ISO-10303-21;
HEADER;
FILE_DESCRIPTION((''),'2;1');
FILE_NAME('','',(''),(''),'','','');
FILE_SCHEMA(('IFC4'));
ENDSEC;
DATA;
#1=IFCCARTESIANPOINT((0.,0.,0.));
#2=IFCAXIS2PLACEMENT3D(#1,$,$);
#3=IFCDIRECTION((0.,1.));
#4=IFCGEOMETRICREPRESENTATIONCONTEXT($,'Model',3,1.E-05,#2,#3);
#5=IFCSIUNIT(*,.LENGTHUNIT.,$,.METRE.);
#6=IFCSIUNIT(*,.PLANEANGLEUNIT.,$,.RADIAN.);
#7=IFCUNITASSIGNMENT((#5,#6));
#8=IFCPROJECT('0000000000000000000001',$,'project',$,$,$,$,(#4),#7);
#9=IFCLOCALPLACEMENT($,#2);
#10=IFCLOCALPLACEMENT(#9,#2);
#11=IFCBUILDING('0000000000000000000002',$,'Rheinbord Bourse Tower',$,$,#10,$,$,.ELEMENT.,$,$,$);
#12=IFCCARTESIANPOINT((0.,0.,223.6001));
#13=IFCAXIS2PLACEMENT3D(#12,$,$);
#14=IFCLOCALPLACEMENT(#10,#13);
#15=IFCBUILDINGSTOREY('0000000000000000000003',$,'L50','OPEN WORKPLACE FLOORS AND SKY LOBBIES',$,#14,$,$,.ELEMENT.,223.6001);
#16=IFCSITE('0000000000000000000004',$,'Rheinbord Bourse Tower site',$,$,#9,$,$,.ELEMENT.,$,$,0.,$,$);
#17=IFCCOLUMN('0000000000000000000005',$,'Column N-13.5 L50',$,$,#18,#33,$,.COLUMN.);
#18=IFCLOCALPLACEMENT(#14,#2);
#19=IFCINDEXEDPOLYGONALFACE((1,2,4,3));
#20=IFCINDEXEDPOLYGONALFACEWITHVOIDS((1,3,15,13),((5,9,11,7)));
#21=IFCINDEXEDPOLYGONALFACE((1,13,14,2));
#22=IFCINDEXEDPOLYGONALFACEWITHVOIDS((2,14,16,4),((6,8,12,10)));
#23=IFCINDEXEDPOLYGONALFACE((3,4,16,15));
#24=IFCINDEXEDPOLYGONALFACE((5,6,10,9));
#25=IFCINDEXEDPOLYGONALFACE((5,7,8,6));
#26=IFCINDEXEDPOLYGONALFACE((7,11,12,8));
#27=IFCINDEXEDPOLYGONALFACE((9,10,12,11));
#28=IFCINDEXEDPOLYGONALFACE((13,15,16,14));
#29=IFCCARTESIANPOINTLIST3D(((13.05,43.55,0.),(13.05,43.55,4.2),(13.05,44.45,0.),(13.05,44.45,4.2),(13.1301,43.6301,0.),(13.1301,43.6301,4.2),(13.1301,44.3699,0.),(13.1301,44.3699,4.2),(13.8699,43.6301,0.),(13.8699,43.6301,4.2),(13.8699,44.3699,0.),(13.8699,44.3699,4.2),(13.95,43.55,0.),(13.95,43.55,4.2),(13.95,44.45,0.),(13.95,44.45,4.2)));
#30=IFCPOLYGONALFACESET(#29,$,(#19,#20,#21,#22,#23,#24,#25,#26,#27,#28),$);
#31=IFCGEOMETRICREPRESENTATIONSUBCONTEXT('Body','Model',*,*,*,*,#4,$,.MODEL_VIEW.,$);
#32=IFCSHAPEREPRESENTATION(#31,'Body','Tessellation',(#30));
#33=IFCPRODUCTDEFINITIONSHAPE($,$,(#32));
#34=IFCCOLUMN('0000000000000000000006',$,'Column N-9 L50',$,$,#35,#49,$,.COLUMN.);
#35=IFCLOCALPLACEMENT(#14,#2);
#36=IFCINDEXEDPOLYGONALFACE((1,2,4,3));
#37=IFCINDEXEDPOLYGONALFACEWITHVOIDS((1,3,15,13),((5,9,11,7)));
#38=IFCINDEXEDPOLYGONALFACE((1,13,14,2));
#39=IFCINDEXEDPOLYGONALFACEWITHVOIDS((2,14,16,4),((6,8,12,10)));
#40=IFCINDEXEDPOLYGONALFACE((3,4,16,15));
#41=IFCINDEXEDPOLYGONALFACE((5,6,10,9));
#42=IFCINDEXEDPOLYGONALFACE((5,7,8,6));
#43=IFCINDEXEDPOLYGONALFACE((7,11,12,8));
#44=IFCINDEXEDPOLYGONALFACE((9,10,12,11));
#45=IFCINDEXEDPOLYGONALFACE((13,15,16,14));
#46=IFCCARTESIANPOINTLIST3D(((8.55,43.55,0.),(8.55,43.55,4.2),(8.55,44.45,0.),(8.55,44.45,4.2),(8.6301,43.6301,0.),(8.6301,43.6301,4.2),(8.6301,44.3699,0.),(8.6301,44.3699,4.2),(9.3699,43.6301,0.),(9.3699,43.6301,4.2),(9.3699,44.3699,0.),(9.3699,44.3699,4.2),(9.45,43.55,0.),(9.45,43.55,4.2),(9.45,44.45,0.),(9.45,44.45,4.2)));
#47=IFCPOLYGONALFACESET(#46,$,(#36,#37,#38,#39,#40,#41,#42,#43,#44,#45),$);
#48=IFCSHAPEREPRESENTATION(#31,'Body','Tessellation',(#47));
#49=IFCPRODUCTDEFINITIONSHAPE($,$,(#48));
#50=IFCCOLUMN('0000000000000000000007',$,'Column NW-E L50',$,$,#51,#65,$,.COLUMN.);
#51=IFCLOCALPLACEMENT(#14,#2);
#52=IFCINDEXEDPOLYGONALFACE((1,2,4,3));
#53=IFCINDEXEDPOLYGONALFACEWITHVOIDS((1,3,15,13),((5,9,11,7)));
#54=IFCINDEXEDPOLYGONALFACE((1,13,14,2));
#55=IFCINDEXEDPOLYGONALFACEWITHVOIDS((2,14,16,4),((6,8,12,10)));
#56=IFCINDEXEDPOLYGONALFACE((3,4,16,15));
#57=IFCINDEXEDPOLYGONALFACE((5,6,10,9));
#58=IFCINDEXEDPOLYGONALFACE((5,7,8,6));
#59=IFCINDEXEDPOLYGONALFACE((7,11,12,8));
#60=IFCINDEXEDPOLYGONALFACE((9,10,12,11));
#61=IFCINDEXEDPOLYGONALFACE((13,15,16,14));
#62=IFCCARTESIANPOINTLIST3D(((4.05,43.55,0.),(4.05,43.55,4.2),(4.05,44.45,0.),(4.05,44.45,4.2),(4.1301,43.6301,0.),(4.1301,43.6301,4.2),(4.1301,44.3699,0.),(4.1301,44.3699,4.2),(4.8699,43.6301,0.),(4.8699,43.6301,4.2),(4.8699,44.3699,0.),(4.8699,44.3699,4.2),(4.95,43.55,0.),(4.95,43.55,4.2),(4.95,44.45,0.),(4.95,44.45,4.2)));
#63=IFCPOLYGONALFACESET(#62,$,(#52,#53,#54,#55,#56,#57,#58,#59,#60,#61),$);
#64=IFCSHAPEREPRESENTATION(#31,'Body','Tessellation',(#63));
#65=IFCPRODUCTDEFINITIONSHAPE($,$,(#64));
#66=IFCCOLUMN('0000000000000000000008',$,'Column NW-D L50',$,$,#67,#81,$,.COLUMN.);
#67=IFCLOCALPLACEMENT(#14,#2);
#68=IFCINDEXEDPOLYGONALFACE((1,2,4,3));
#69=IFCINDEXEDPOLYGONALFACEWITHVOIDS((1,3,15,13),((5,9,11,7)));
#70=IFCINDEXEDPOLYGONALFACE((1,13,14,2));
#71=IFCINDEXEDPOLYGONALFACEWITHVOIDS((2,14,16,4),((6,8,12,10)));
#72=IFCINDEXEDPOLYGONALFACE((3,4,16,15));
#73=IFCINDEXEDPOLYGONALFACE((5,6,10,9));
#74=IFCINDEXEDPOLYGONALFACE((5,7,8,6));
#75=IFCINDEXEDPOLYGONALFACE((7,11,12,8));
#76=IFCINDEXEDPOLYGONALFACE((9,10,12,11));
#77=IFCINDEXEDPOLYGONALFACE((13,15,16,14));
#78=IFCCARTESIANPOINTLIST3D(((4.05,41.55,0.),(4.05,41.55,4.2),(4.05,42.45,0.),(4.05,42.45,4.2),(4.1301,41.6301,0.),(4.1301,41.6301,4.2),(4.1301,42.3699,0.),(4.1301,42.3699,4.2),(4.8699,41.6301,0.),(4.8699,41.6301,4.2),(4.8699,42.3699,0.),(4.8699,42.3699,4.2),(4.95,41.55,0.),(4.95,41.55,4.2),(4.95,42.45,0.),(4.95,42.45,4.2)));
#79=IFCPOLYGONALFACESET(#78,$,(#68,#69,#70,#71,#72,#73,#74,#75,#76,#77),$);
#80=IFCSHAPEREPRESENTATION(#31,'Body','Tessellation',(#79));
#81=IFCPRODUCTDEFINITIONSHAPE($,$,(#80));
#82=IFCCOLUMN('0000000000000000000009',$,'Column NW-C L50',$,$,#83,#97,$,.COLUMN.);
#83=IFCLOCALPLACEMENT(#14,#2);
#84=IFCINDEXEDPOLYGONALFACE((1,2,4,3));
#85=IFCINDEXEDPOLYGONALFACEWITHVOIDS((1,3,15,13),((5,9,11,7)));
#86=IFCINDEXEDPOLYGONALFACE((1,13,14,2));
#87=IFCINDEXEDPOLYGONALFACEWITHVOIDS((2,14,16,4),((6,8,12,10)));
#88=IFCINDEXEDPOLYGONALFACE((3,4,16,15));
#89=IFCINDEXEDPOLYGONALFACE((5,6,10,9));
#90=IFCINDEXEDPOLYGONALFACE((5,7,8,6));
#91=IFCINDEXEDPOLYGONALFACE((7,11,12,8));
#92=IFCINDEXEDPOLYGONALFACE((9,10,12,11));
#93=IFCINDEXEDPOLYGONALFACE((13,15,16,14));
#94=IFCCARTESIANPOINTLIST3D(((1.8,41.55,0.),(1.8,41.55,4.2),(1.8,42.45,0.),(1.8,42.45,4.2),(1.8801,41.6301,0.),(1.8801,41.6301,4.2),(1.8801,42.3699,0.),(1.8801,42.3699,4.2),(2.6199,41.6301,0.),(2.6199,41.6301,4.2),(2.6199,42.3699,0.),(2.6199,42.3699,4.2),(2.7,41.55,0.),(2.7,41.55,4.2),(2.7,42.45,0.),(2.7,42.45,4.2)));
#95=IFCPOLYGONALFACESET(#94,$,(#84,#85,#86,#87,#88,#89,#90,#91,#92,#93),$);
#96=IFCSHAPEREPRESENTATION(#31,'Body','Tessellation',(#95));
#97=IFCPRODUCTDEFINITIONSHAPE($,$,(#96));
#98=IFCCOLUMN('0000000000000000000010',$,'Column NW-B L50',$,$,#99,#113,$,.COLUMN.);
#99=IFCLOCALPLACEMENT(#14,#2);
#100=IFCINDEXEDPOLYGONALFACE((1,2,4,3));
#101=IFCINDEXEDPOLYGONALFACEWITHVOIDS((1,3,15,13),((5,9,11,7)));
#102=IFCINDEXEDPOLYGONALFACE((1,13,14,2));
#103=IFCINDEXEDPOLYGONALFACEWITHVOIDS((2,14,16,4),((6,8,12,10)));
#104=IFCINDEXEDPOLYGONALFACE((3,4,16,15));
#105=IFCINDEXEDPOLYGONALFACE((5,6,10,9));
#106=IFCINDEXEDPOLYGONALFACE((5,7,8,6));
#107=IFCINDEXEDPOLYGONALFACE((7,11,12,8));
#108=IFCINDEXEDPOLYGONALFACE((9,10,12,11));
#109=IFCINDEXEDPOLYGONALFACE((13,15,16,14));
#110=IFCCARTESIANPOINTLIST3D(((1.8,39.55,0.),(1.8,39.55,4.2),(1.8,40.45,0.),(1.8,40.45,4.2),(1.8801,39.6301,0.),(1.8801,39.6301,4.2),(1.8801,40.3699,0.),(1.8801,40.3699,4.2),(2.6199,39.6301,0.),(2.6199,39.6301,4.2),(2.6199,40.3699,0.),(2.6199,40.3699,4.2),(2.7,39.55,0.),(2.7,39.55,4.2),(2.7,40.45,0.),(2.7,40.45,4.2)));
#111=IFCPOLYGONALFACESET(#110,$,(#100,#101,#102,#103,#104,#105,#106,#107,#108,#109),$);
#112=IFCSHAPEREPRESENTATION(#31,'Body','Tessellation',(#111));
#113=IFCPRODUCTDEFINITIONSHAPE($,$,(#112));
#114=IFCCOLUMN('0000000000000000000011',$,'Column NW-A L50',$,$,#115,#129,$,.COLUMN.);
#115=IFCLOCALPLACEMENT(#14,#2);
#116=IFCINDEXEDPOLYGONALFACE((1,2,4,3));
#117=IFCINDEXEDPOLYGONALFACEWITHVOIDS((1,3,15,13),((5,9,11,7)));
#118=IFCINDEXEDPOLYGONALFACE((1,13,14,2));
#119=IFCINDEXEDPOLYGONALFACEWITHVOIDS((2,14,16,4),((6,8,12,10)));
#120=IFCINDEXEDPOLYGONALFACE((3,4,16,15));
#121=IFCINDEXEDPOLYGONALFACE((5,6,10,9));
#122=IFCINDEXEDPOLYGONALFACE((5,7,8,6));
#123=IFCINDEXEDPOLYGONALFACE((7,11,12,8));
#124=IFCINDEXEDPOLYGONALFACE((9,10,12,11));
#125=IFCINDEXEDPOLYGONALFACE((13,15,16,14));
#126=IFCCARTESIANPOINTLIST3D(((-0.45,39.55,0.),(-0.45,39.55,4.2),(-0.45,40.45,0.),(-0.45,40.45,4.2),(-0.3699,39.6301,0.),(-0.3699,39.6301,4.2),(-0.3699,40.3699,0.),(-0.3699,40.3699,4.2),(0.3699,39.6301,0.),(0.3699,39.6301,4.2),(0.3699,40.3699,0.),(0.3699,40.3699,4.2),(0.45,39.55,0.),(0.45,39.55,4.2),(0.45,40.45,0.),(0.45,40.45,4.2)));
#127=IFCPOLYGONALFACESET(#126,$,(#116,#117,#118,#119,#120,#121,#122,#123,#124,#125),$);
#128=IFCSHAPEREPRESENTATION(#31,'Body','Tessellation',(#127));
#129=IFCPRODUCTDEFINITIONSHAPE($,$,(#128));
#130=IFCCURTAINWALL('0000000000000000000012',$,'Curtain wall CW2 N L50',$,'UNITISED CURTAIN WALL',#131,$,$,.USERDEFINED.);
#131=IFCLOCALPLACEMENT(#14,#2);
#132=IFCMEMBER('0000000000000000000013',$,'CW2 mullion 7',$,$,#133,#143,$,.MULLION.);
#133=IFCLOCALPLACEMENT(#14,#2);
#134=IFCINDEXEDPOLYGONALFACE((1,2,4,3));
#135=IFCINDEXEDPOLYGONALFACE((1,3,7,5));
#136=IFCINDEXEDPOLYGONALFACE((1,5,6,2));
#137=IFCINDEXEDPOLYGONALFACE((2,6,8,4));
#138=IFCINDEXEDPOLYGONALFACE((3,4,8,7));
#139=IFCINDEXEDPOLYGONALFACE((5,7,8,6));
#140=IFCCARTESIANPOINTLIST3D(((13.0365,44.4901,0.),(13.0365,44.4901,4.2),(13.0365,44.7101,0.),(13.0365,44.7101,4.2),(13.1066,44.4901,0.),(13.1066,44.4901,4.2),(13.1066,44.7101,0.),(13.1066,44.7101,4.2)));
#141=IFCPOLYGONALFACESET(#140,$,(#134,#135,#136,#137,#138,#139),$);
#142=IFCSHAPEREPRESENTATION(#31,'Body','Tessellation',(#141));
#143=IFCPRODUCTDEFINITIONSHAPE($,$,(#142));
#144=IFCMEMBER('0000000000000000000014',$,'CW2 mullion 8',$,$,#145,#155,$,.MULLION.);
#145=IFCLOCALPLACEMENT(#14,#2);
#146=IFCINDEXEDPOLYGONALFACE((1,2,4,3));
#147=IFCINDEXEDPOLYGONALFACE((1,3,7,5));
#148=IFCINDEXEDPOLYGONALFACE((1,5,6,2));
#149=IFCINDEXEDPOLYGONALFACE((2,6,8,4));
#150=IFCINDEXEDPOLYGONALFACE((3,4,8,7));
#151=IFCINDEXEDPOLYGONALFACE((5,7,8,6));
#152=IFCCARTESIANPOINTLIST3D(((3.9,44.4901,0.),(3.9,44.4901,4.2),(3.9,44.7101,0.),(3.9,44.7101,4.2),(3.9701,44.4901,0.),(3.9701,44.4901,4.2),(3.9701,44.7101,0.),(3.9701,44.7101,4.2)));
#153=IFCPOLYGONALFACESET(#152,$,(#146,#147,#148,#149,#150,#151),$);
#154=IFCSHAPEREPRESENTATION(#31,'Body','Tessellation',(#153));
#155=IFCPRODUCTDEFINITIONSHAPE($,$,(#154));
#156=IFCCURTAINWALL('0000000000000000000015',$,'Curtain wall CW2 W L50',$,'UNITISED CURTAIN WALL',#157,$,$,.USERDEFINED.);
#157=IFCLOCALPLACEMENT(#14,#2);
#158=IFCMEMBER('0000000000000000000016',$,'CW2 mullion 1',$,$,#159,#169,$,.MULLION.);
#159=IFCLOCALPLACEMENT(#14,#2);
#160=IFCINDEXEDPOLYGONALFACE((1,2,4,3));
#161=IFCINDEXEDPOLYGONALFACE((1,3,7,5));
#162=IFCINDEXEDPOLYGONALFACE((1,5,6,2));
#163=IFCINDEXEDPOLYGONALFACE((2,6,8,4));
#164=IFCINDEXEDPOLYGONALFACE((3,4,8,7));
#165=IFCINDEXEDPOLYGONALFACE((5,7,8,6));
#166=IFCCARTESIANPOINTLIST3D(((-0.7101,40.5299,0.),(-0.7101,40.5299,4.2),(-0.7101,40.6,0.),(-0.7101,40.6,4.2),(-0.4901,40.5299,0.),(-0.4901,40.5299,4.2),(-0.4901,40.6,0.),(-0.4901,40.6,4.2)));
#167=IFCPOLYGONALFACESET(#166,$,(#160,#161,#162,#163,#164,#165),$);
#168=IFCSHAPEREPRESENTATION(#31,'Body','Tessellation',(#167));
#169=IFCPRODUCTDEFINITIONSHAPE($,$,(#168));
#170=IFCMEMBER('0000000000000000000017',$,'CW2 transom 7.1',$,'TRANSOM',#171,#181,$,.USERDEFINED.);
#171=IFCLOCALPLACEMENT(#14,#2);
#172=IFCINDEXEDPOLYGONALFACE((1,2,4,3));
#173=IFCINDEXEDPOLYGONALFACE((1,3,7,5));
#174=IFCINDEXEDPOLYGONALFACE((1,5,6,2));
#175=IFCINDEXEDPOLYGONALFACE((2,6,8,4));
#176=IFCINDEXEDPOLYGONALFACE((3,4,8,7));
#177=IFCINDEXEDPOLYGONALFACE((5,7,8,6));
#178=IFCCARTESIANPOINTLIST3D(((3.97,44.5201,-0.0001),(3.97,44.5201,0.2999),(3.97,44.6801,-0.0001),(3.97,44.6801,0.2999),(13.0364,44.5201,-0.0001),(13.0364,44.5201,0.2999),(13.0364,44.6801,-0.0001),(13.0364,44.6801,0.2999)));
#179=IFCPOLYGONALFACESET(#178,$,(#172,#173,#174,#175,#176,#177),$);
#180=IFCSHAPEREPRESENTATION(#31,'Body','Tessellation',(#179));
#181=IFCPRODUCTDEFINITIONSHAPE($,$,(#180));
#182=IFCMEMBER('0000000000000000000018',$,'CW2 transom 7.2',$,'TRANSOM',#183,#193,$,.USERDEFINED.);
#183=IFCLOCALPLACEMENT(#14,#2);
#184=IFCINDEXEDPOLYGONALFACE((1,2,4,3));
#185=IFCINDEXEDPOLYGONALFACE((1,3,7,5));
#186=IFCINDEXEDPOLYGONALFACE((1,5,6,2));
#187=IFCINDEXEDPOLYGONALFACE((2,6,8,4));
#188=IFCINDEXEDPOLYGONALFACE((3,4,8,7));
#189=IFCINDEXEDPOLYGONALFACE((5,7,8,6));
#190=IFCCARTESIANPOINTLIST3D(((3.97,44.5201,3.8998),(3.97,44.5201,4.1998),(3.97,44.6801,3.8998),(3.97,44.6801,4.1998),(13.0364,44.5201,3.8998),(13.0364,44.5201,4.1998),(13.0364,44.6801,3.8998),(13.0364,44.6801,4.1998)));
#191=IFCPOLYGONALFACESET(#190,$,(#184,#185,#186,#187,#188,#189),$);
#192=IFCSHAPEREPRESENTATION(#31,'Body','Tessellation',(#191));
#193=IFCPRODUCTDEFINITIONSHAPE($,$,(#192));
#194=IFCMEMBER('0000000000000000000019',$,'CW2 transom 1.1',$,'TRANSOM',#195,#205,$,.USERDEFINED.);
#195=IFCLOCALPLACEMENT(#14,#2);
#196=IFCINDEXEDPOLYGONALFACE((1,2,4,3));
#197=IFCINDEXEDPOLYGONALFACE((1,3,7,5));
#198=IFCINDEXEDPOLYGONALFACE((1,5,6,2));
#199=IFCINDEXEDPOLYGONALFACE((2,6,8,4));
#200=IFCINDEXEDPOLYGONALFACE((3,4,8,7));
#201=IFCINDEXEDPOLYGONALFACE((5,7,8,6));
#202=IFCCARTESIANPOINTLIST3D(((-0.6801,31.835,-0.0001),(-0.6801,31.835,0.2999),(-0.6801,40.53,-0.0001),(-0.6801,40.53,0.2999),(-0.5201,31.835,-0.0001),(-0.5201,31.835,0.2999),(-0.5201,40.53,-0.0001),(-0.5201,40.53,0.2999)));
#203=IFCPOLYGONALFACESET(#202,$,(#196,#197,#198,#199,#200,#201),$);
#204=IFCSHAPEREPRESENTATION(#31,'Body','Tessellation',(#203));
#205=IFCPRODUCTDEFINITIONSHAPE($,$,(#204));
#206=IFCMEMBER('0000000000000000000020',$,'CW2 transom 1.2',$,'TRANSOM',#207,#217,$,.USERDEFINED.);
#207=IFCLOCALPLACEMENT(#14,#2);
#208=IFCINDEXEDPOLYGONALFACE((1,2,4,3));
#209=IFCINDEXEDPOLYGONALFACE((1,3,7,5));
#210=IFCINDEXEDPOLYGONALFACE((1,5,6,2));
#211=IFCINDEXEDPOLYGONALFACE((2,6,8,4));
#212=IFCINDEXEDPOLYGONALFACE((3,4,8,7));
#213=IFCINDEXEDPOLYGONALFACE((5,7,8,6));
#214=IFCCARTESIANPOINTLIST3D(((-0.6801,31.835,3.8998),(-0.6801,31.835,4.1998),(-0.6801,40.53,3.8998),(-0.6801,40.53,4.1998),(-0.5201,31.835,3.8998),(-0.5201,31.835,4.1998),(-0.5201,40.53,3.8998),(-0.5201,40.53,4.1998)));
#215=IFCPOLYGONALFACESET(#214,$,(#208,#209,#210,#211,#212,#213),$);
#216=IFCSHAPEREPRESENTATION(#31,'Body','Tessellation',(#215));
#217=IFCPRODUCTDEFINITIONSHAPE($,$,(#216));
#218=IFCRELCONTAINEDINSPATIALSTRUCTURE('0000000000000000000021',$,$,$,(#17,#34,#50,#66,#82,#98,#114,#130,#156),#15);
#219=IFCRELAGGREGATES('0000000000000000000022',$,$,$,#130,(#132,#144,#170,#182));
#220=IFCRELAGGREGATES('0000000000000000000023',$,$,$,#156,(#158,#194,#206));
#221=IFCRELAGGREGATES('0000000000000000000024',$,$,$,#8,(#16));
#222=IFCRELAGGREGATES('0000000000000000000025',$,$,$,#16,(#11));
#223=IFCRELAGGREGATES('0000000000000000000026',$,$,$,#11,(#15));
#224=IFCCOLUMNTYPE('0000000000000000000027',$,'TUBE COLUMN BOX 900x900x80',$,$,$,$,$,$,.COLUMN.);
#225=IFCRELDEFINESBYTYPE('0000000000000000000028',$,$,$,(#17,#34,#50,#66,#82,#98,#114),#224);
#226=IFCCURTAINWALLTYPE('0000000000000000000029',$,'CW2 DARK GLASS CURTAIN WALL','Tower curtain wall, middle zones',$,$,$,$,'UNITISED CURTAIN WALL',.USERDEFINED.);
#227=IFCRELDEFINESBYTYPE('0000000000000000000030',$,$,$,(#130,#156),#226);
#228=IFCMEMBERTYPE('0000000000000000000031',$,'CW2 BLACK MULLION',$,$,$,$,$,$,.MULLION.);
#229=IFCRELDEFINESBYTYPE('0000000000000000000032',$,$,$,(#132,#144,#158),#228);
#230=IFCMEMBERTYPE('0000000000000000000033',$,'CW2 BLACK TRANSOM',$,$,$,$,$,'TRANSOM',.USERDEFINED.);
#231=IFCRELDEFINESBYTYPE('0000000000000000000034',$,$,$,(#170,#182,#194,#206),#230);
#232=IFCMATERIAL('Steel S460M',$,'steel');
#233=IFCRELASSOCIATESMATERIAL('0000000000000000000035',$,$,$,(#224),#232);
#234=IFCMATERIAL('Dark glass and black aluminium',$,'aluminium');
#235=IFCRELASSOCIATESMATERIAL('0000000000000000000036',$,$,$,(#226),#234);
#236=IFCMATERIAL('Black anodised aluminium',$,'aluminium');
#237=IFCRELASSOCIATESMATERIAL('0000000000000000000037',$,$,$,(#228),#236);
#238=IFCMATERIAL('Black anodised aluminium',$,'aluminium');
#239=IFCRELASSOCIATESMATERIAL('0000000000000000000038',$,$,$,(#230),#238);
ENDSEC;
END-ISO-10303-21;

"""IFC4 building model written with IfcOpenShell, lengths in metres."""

from ifc_helpers import new_model, si_unit, direction, frame, origin, origin_2d, place, context, subcontext, project, spatial, rectangle, hollow_rectangle, extrude, material, material_profile, profile_set, type_object, element, aggregate, save


model = new_model("IFC4")

# Units and contexts
model_context = context("Model", 3, precision=1e-05, world=origin(), true_north=direction((0.0, 1.0)))
body_context = subcontext(model_context, "Body", "Model", "MODEL_VIEW")
ifc_project = project(units=[si_unit("LENGTHUNIT", "METRE"), si_unit("PLANEANGLEUNIT", "RADIAN")], contexts=[model_context])

# Site, building, storey
site_placement = place(None, origin())
site = spatial("IfcSite", under=ifc_project, at=site_placement, Name="Rheinbord Bourse Tower site", CompositionType="ELEMENT", RefElevation=0.0)
building_placement = place(site_placement, origin())
building = spatial("IfcBuilding", under=site, at=building_placement, Name="Rheinbord Bourse Tower", CompositionType="ELEMENT")
storey_placement = place(building_placement, frame((0.0, 0.0, 223.6001)))
storey = spatial("IfcBuildingStorey", under=building, at=storey_placement, Name="L50", Description="OPEN WORKPLACE FLOORS AND SKY LOBBIES", CompositionType="ELEMENT", Elevation=223.6001)

# Columns
ifc_material_1 = material(Name="Steel S460M", Category="steel")
ifc_material_profile_1 = material_profile(ifc_material_1, hollow_rectangle(XDim=0.8999, YDim=0.8999, WallThickness=0.0801, at=origin_2d()), Name="BOX 900x900x80")
ifc_profile_set_1 = profile_set([ifc_material_profile_1], Name="Steel S460M")
column_type = type_object("IfcColumnType", Name="TUBE COLUMN BOX 900x900x80", PredefinedType="COLUMN", material=ifc_profile_set_1)
for number, where, z_axis, x_axis, name in (
    (1, (13.5, 44.0, 0.0), (0.0, 0.0, 1.0), (0.0, 1.0, 0.0), "Column N-13.5 L50"),
    (2, (9.0, 44.0, 0.0), (0.0, 0.0, 1.0), (0.0, 1.0, 0.0), "Column N-9 L50"),
    (3, (4.5, 44.0, 0.0), (0.0, 0.0, 1.0), (0.0, 1.0, 0.0), "Column NW-E L50"),
    (4, (4.5, 42.0, 0.0), (0.0, 0.0, 1.0), (0.0, 1.0, 0.0), "Column NW-D L50"),
    (5, (2.25, 42.0, 0.0), (0.0, 0.0, 1.0), (1.0, 0.0, 0.0), "Column NW-C L50"),
    (6, (2.25, 40.0, 0.0), (0.0, 0.0, 1.0), (1.0, 0.0, 0.0), "Column NW-B L50"),
    (7, (0.0, 40.0, 0.0), (0.0, 0.0, 1.0), (1.0, 0.0, 0.0), "Column NW-A L50"),
):
    element("IfcColumn", number, at=place(storey_placement, frame(where, z_axis=z_axis, x_axis=x_axis)), inside=storey, type_object=column_type, Name=name, PredefinedType="COLUMN", context=body_context, shape_type="SweptSolid", body=[
        extrude(hollow_rectangle(XDim=0.8999, YDim=0.8999, WallThickness=0.0801, at=origin_2d()), origin(), (0.0, 0.0, 1.0), 4.2),
    ])

# Curtain wall, members
ifc_material_2 = material(Name="Dark glass and black aluminium", Category="aluminium")
curtain_wall_type = type_object("IfcCurtainWallType", Name="CW2 DARK GLASS CURTAIN WALL", Description="Tower curtain wall, middle zones", ElementType="UNITISED CURTAIN WALL", PredefinedType="USERDEFINED", material=ifc_material_2)
curtain_wall_1_placement = place(storey_placement, origin())
curtain_wall_1 = element("IfcCurtainWall", 8, at=curtain_wall_1_placement, inside=storey, type_object=curtain_wall_type, Name="Curtain wall CW2 N L50", ObjectType="UNITISED CURTAIN WALL", PredefinedType="USERDEFINED")
ifc_material_3 = material(Name="Black anodised aluminium", Category="aluminium")
ifc_material_profile_2 = material_profile(ifc_material_3, rectangle(XDim=0.22, YDim=0.0701, at=origin_2d()), Name="CW2 MULLION 70x220")
ifc_profile_set_2 = profile_set([ifc_material_profile_2], Name="Black anodised aluminium")
member_type_1 = type_object("IfcMemberType", Name="CW2 BLACK MULLION", PredefinedType="MULLION", material=ifc_profile_set_2)
member_1_placement = place(storey_placement, frame((13.0715, 44.6001, 0.0), z_axis=(0.0, 0.0, 1.0), x_axis=(0.0, -1.0, 0.0)))
member_1 = element("IfcMember", 9, at=member_1_placement, type_object=member_type_1, Name="CW2 mullion 7", PredefinedType="MULLION", context=body_context, shape_type="SweptSolid", body=[
    extrude(rectangle(XDim=0.22, YDim=0.0701, at=origin_2d()), origin(), (0.0, 0.0, 1.0), 4.2),
])
member_2_placement = place(storey_placement, frame((3.9351, 44.6001, 0.0), z_axis=(0.0, 0.0, 1.0), x_axis=(0.0, -1.0, 0.0)))
member_2 = element("IfcMember", 10, at=member_2_placement, type_object=member_type_1, Name="CW2 mullion 8", PredefinedType="MULLION", context=body_context, shape_type="SweptSolid", body=[
    extrude(rectangle(XDim=0.22, YDim=0.0701, at=origin_2d()), origin(), (0.0, 0.0, 1.0), 4.2),
])

# Curtain wall, member
curtain_wall_2_placement = place(storey_placement, origin())
curtain_wall_2 = element("IfcCurtainWall", 11, at=curtain_wall_2_placement, inside=storey, type_object=curtain_wall_type, Name="Curtain wall CW2 W L50", ObjectType="UNITISED CURTAIN WALL", PredefinedType="USERDEFINED")
member_3_placement = place(storey_placement, frame((-0.6001, 40.5649, 0.0), z_axis=(0.0, 0.0, 1.0), x_axis=(1.0, 0.0, 0.0)))
member_3 = element("IfcMember", 12, at=member_3_placement, type_object=member_type_1, Name="CW2 mullion 1", PredefinedType="MULLION", context=body_context, shape_type="SweptSolid", body=[
    extrude(rectangle(XDim=0.22, YDim=0.0701, at=origin_2d()), origin(), (0.0, 0.0, 1.0), 4.2),
])

# Members
ifc_material_4 = material(Name="Black anodised aluminium", Category="aluminium")
ifc_material_profile_3 = material_profile(ifc_material_4, rectangle(XDim=0.1599, YDim=0.3, at=origin_2d()), Name="CW2 TRANSOM 300x160")
ifc_profile_set_3 = profile_set([ifc_material_profile_3], Name="Black anodised aluminium")
member_type_2 = type_object("IfcMemberType", Name="CW2 BLACK TRANSOM", ElementType="TRANSOM", PredefinedType="USERDEFINED", material=ifc_profile_set_3)
member_4_placement = place(storey_placement, frame((13.0364, 44.6001, 0.1499), z_axis=(-1.0, 0.0, 0.0), x_axis=(0.0, -1.0, 0.0)))
member_4 = element("IfcMember", 13, at=member_4_placement, type_object=member_type_2, Name="CW2 transom 7.1", ObjectType="TRANSOM", PredefinedType="USERDEFINED", context=body_context, shape_type="SweptSolid", body=[
    extrude(rectangle(XDim=0.1599, YDim=0.3, at=origin_2d()), origin(), (0.0, 0.0, 1.0), 9.0664),
])
member_5_placement = place(storey_placement, frame((13.0364, 44.6001, 4.0498), z_axis=(-1.0, 0.0, 0.0), x_axis=(0.0, -1.0, 0.0)))
member_5 = element("IfcMember", 14, at=member_5_placement, type_object=member_type_2, Name="CW2 transom 7.2", ObjectType="TRANSOM", PredefinedType="USERDEFINED", context=body_context, shape_type="SweptSolid", body=[
    extrude(rectangle(XDim=0.1599, YDim=0.3, at=origin_2d()), origin(), (0.0, 0.0, 1.0), 9.0664),
])
member_6_placement = place(storey_placement, frame((-0.6001, 40.53, 0.1499), z_axis=(0.0, -1.0, 0.0), x_axis=(1.0, 0.0, 0.0)))
member_6 = element("IfcMember", 15, at=member_6_placement, type_object=member_type_2, Name="CW2 transom 1.1", ObjectType="TRANSOM", PredefinedType="USERDEFINED", context=body_context, shape_type="SweptSolid", body=[
    extrude(rectangle(XDim=0.1599, YDim=0.3, at=origin_2d()), origin(), (0.0, 0.0, 1.0), 8.6951),
])
member_7_placement = place(storey_placement, frame((-0.6001, 40.53, 4.0498), z_axis=(0.0, -1.0, 0.0), x_axis=(1.0, 0.0, 0.0)))
member_7 = element("IfcMember", 16, at=member_7_placement, type_object=member_type_2, Name="CW2 transom 1.2", ObjectType="TRANSOM", PredefinedType="USERDEFINED", context=body_context, shape_type="SweptSolid", body=[
    extrude(rectangle(XDim=0.1599, YDim=0.3, at=origin_2d()), origin(), (0.0, 0.0, 1.0), 8.6951),
])

aggregate(curtain_wall_1, [member_1, member_2, member_4, member_5])
aggregate(curtain_wall_2, [member_3, member_6, member_7])

save(model, "model.ifc")
